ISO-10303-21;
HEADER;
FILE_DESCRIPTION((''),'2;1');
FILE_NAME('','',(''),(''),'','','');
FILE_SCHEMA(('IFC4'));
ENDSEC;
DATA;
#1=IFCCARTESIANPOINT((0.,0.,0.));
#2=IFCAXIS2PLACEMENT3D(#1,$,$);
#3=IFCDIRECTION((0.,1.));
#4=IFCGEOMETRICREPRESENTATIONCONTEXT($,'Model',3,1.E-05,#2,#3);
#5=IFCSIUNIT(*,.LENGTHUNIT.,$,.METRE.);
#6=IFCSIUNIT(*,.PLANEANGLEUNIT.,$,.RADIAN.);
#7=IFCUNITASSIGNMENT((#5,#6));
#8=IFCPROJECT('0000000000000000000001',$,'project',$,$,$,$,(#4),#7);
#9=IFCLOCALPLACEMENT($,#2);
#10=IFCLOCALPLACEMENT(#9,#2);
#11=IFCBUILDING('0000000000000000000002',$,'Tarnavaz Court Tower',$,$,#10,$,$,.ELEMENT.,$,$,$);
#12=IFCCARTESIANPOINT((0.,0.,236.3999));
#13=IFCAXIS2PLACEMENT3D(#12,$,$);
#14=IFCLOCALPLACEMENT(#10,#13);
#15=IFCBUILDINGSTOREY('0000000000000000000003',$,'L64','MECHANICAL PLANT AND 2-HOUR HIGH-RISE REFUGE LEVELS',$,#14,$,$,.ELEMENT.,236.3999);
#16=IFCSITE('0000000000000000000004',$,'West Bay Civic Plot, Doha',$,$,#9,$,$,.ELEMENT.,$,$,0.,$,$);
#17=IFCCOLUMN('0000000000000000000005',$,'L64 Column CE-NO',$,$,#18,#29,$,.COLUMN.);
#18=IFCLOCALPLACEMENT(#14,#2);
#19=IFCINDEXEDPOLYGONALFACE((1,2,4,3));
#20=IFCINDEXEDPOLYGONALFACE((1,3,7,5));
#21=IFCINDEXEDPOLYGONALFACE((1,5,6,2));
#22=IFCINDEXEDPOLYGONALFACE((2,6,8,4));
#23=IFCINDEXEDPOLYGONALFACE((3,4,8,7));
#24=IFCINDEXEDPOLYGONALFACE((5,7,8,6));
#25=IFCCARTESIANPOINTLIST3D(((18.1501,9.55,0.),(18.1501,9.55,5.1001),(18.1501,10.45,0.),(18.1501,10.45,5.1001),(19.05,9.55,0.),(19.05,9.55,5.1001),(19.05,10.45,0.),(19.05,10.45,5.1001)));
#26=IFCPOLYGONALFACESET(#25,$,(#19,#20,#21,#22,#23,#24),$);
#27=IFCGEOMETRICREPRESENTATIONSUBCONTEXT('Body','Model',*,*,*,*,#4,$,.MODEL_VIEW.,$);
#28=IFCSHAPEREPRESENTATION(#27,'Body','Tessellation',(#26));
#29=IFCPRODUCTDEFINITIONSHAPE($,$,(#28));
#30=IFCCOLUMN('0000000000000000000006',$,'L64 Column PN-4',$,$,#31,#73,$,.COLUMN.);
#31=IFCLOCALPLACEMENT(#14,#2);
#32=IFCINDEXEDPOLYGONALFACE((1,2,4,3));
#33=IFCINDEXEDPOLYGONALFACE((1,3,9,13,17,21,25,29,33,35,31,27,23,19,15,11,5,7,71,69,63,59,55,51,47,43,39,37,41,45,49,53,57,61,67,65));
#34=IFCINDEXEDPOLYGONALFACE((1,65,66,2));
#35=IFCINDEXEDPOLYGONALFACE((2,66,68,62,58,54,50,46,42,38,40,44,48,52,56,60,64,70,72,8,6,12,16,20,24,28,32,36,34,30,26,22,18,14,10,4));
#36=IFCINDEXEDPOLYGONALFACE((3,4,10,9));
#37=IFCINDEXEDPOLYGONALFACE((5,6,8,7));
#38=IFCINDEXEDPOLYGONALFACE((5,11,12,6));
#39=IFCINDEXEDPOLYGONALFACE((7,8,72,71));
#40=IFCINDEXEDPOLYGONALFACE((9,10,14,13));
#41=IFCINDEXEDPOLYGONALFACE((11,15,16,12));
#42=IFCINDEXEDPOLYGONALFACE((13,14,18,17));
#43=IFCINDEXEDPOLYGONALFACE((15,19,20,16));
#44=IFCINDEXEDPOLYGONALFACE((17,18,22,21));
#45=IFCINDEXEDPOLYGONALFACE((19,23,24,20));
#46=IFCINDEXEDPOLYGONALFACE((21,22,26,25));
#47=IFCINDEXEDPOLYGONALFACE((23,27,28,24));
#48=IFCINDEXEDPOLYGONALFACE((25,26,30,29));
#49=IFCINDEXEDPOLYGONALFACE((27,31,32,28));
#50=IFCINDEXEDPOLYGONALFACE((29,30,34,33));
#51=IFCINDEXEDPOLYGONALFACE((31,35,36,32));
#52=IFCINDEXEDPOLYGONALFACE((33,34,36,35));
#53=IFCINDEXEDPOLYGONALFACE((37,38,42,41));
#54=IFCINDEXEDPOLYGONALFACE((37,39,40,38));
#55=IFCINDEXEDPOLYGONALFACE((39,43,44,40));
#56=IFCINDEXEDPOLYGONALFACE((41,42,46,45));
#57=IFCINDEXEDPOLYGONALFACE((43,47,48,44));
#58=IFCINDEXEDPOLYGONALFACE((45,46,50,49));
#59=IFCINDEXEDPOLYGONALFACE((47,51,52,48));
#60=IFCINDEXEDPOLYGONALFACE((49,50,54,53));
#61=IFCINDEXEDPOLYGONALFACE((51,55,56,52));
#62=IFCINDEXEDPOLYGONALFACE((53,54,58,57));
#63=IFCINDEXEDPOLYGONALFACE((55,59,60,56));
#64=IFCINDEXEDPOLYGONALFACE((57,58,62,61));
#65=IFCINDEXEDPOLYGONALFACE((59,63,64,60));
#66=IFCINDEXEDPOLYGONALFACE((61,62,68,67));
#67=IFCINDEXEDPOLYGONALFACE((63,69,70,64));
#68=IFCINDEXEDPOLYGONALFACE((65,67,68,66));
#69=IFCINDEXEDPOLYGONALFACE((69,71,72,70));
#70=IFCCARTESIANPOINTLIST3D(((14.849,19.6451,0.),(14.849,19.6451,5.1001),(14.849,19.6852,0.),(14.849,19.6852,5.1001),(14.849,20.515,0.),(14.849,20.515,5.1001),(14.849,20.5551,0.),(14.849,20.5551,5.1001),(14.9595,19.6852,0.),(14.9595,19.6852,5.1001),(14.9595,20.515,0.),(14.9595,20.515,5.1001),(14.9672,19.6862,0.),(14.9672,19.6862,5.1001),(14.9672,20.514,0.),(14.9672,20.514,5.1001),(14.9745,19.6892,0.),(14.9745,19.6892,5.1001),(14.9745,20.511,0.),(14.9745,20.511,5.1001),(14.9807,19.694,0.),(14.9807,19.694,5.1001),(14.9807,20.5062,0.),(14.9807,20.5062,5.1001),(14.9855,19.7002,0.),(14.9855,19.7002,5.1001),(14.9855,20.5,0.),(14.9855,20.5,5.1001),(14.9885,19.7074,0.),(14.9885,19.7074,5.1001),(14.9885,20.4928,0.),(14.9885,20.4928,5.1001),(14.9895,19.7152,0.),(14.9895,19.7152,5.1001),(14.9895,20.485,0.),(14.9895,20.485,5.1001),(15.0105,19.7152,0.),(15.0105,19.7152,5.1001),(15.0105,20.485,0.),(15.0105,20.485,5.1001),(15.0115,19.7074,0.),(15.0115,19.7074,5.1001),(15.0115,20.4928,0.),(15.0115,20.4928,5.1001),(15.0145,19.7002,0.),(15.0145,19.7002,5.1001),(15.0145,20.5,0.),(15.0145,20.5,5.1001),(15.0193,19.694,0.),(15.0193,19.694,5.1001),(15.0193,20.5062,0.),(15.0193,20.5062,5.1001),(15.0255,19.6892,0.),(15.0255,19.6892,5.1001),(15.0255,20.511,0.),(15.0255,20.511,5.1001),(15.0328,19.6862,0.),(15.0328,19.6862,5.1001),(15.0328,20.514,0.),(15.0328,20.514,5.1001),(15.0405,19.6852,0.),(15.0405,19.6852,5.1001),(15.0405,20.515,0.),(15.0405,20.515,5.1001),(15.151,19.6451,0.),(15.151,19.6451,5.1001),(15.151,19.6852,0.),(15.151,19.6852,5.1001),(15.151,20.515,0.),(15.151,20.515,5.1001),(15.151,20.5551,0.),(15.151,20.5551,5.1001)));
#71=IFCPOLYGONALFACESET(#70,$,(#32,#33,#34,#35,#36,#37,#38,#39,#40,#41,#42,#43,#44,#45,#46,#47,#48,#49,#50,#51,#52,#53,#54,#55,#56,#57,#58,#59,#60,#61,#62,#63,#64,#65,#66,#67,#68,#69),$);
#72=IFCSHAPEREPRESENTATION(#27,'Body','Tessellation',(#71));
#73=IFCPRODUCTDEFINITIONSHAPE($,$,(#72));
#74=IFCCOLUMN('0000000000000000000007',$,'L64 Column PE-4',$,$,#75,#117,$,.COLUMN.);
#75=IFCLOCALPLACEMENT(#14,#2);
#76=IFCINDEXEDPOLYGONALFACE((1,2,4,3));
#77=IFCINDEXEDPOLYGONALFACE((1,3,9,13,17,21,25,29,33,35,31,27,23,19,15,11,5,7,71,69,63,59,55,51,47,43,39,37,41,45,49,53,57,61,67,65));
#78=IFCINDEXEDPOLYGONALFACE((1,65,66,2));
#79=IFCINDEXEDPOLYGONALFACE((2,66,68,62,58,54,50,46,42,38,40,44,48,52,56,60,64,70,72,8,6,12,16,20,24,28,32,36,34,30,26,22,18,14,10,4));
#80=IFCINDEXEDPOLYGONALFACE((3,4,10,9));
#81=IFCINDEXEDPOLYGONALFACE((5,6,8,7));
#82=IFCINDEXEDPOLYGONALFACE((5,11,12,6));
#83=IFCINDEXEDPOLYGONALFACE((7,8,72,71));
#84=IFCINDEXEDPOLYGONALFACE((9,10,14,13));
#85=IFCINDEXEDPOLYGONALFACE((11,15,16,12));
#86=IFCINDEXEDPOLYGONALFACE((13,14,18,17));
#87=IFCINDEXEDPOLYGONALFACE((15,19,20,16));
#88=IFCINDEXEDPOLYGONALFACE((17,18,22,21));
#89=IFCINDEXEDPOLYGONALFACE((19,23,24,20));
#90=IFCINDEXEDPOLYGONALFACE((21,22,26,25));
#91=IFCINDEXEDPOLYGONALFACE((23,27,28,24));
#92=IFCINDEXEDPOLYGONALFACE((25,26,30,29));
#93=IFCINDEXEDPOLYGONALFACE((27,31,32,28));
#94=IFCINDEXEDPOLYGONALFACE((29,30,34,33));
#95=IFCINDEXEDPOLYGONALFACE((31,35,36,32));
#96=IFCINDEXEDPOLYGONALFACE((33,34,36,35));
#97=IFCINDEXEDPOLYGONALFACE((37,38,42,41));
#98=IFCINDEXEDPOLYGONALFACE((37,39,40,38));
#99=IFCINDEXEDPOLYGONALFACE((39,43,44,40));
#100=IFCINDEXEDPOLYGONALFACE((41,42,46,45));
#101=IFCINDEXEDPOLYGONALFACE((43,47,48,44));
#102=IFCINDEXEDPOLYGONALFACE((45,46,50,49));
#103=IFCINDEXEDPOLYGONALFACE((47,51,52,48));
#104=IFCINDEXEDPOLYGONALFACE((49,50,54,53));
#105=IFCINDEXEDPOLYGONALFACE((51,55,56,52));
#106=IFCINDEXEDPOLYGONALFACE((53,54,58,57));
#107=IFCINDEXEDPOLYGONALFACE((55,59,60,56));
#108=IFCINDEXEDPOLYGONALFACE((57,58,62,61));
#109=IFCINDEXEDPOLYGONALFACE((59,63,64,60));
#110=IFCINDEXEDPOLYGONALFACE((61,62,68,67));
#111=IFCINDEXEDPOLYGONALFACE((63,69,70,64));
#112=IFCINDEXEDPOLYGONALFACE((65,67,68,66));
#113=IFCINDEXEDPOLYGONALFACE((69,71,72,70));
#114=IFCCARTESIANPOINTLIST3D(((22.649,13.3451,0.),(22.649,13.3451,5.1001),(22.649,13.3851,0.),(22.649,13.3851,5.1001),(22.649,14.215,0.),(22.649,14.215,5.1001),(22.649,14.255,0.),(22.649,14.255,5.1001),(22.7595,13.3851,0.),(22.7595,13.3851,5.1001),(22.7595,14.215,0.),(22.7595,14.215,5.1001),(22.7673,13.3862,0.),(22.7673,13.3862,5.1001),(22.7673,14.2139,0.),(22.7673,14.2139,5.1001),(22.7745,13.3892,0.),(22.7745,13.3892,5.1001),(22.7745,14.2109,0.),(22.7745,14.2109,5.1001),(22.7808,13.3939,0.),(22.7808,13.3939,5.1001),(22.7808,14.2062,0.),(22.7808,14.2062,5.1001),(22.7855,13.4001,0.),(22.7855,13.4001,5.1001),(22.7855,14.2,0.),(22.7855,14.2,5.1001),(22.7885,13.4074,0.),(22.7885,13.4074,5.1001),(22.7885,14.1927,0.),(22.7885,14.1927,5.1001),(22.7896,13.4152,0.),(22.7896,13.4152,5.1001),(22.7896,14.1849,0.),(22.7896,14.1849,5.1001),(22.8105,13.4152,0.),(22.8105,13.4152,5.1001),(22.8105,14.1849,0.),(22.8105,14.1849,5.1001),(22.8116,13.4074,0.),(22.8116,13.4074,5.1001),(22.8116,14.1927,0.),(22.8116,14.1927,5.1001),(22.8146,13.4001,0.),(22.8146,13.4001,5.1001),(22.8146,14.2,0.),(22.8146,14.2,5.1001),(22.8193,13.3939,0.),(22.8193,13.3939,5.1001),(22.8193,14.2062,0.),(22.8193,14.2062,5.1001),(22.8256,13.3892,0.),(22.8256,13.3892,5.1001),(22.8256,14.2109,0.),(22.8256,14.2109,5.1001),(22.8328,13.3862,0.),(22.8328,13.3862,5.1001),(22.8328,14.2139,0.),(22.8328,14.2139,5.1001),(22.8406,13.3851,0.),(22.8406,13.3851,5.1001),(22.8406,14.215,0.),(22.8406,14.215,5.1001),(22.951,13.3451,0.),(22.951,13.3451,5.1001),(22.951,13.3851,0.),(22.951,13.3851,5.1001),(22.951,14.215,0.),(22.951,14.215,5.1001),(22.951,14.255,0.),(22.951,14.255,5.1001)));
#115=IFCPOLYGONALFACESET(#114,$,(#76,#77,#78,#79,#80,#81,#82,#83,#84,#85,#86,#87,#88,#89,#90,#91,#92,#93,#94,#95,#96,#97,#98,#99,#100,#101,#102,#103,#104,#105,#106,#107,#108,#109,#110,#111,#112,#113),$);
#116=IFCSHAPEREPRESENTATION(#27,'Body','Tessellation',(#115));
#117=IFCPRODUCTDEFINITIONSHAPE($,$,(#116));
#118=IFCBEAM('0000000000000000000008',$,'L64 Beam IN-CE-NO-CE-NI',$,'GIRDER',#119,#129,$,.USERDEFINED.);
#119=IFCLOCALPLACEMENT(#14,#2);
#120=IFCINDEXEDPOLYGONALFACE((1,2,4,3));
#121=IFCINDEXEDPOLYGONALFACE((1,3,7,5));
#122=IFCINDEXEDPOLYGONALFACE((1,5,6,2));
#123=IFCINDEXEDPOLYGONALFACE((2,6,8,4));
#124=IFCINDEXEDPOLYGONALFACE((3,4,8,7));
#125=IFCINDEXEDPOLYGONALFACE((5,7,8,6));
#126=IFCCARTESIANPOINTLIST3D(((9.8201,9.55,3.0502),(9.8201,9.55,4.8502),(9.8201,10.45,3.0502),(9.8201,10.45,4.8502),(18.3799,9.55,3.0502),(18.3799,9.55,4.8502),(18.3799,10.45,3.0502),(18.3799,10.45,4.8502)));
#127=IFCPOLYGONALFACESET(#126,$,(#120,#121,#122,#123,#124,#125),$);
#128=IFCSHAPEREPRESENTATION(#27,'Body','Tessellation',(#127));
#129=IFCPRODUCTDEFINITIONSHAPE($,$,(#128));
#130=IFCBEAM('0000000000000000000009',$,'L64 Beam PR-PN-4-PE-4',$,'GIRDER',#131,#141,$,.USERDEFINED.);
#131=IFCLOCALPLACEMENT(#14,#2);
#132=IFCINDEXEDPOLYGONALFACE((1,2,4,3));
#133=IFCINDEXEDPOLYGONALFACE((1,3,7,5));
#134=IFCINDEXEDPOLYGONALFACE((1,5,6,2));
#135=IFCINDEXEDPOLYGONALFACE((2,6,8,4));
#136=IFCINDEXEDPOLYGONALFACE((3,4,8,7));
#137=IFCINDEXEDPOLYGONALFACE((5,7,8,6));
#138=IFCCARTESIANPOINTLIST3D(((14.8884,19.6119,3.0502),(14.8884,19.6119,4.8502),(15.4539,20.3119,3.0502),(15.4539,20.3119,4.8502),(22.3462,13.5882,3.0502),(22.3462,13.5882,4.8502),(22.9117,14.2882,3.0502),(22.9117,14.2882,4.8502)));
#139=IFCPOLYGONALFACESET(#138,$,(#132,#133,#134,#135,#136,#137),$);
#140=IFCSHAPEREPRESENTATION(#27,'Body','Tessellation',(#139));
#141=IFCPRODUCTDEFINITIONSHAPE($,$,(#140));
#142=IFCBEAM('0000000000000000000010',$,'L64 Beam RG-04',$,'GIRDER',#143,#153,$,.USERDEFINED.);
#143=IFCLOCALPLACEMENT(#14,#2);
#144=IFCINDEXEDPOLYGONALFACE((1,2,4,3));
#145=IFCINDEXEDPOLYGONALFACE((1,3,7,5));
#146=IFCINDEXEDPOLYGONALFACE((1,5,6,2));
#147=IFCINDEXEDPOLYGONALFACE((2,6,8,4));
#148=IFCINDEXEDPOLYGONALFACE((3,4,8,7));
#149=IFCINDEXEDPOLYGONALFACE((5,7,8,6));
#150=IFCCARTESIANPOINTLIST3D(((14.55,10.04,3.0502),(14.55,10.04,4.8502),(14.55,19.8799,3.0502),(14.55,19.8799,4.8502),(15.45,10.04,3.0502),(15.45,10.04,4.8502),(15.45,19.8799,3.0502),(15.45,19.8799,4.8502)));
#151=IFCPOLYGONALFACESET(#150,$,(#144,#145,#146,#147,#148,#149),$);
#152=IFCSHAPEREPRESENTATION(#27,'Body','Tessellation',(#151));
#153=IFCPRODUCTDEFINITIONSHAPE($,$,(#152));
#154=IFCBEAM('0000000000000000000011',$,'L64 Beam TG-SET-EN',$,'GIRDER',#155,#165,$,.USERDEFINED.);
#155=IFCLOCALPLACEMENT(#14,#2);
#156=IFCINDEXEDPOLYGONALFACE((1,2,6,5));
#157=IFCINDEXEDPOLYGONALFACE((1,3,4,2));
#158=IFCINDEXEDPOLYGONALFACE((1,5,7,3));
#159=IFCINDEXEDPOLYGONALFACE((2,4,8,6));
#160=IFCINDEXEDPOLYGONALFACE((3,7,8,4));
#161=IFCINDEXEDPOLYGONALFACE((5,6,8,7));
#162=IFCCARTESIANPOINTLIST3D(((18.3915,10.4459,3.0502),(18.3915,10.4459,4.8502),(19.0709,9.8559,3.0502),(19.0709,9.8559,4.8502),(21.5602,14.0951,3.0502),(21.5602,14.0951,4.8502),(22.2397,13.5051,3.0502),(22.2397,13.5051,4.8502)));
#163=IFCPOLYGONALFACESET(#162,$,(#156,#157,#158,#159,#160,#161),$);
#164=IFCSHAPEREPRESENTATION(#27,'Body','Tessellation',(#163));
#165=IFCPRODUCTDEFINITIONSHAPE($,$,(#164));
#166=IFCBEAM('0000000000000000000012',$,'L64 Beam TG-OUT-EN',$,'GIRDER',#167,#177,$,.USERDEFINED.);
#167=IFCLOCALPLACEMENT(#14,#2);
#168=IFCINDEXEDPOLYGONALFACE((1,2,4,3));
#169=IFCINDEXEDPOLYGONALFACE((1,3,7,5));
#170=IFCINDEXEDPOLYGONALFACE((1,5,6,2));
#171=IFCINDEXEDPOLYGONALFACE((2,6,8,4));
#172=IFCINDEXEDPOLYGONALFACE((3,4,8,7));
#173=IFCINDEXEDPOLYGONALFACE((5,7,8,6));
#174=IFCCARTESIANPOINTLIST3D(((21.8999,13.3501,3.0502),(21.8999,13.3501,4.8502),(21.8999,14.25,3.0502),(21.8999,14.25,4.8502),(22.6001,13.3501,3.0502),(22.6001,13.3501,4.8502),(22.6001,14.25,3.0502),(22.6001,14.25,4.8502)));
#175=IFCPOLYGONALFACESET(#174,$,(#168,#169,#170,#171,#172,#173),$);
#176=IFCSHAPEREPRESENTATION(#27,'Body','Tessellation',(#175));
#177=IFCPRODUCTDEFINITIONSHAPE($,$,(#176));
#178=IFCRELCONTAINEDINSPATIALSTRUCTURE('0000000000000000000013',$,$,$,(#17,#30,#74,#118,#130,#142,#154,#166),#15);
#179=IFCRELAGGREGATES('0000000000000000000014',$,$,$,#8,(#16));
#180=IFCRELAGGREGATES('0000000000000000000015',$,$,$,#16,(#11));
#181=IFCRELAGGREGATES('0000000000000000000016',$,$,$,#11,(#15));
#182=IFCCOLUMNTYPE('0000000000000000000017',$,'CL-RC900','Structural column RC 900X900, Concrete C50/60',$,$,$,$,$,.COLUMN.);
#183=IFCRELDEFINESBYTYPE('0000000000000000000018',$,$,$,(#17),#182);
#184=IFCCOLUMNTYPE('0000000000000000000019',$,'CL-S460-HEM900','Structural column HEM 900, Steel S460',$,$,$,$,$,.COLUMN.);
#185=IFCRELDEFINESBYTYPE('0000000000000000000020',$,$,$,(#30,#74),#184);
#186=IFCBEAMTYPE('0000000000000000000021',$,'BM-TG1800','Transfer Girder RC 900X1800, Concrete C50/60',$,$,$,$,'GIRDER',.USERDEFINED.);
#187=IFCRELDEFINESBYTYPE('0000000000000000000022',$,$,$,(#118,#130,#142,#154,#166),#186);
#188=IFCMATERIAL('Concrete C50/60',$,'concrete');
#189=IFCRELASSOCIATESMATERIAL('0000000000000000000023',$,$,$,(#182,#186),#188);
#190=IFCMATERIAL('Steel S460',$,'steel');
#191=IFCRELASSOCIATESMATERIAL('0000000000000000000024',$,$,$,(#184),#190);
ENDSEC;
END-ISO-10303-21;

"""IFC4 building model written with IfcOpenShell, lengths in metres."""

from ifc_helpers import new_model, si_unit, direction, frame, origin, origin_2d, place, context, subcontext, project, spatial, rectangle, i_section, extrude, material, material_profile, profile_set, type_object, element, save


model = new_model("IFC4")

# Units and contexts
model_context = context("Model", 3, precision=1e-05, world=origin(), true_north=direction((0.0, 1.0)))
body_context = subcontext(model_context, "Body", "Model", "MODEL_VIEW")
ifc_project = project(units=[si_unit("LENGTHUNIT", "METRE"), si_unit("PLANEANGLEUNIT", "RADIAN")], contexts=[model_context])

# Site, building, storey
site_placement = place(None, origin())
site = spatial("IfcSite", under=ifc_project, at=site_placement, Name="West Bay Civic Plot, Doha", CompositionType="ELEMENT", RefElevation=0.0)
building_placement = place(site_placement, origin())
building = spatial("IfcBuilding", under=site, at=building_placement, Name="Tarnavaz Court Tower", CompositionType="ELEMENT")
storey_placement = place(building_placement, frame((0.0, 0.0, 236.3999)))
storey = spatial("IfcBuildingStorey", under=building, at=storey_placement, Name="L64", Description="MECHANICAL PLANT AND 2-HOUR HIGH-RISE REFUGE LEVELS", CompositionType="ELEMENT", Elevation=236.3999)

# Columns
ifc_material_1 = material(Name="Concrete C50/60", Category="concrete")
ifc_material_profile_1 = material_profile(ifc_material_1, rectangle(XDim=0.8999, YDim=0.8999, at=origin_2d()), Name="RC 900X900")
ifc_profile_set_1 = profile_set([ifc_material_profile_1], Name="Concrete C50/60")
column_type_1 = type_object("IfcColumnType", Name="CL-RC900", Description="Structural column RC 900X900, Concrete C50/60", PredefinedType="COLUMN", material=ifc_profile_set_1)
column_placement = place(storey_placement, frame((18.6001, 10.0, 0.0), z_axis=(0.0, 0.0, 1.0), x_axis=(1.0, 0.0, 0.0)))
element("IfcColumn", 1, at=column_placement, inside=storey, type_object=column_type_1, Name="L64 Column CE-NO", PredefinedType="COLUMN", context=body_context, shape_type="SweptSolid", body=[
    extrude(rectangle(XDim=0.8999, YDim=0.8999, at=origin_2d()), origin(), (0.0, 0.0, 1.0), 5.1001),
])
ifc_material_2 = material(Name="Steel S460", Category="steel")
ifc_material_profile_2 = material_profile(ifc_material_2, i_section(OverallWidth=0.302, OverallDepth=0.9099, WebThickness=0.021, FlangeThickness=0.04, FilletRadius=0.03, at=origin_2d()), Name="HEM 900")
ifc_profile_set_2 = profile_set([ifc_material_profile_2], Name="Steel S460")
column_type_2 = type_object("IfcColumnType", Name="CL-S460-HEM900", Description="Structural column HEM 900, Steel S460", PredefinedType="COLUMN", material=ifc_profile_set_2)
for number, where, z_axis, x_axis, name in (
    (2, (15.0, 20.1001, 0.0), (0.0, 0.0, 1.0), (1.0, 0.0, 0.0), "L64 Column PN-4"),
    (3, (22.8, 13.8, 0.0), (0.0, 0.0, 1.0), (1.0, 0.0, 0.0), "L64 Column PE-4"),
):
    element("IfcColumn", number, at=place(storey_placement, frame(where, z_axis=z_axis, x_axis=x_axis)), inside=storey, type_object=column_type_2, Name=name, PredefinedType="COLUMN", context=body_context, shape_type="SweptSolid", body=[
        extrude(i_section(OverallWidth=0.302, OverallDepth=0.9099, WebThickness=0.021, FlangeThickness=0.04, FilletRadius=0.03, at=origin_2d()), origin(), (0.0, 0.0, 1.0), 5.1001),
    ])

# Beams
ifc_material_profile_3 = material_profile(ifc_material_1, rectangle(XDim=0.8999, YDim=1.8, at=origin_2d()), Name="RC 900X1800")
ifc_profile_set_3 = profile_set([ifc_material_profile_3], Name="Concrete C50/60")
beam_type = type_object("IfcBeamType", Name="BM-TG1800", Description="Transfer Girder RC 900X1800, Concrete C50/60", ElementType="GIRDER", PredefinedType="USERDEFINED", material=ifc_profile_set_3)
beam_1_placement = place(storey_placement, frame((18.3799, 10.0, 3.9502), z_axis=(-1.0, 0.0, 0.0), x_axis=(0.0, -1.0, 0.0)))
element("IfcBeam", 4, at=beam_1_placement, inside=storey, type_object=beam_type, Name="L64 Beam IN-CE-NO-CE-NI", ObjectType="GIRDER", PredefinedType="USERDEFINED", context=body_context, shape_type="SweptSolid", body=[
    extrude(rectangle(XDim=0.8999, YDim=1.8, at=origin_2d()), origin(), (0.0, 0.0, 1.0), 8.5598),
])
beam_2_placement = place(storey_placement, frame((15.1711, 19.9619, 3.9502), z_axis=(0.777936, -0.628344, 0.0), x_axis=(0.628344, 0.777936, 0.0)))
element("IfcBeam", 5, at=beam_2_placement, inside=storey, type_object=beam_type, Name="L64 Beam PR-PN-4-PE-4", ObjectType="GIRDER", PredefinedType="USERDEFINED", context=body_context, shape_type="SweptSolid", body=[
    extrude(rectangle(XDim=0.8999, YDim=1.8, at=origin_2d()), origin(), (0.0, 0.0, 1.0), 9.5867),
])
beam_3_placement = place(storey_placement, frame((15.0, 10.04, 3.9502), z_axis=(0.0, 1.0, 0.0), x_axis=(-1.0, 0.0, 0.0)))
element("IfcBeam", 6, at=beam_3_placement, inside=storey, type_object=beam_type, Name="L64 Beam RG-04", ObjectType="GIRDER", PredefinedType="USERDEFINED", context=body_context, shape_type="SweptSolid", body=[
    extrude(rectangle(XDim=0.8999, YDim=1.8, at=origin_2d()), origin(), (0.0, 0.0, 1.0), 9.8398),
])
beam_4_placement = place(storey_placement, frame((18.7312, 10.1509, 3.9502), z_axis=(0.65565, 0.755065, 0.0), x_axis=(-0.755065, 0.65565, 0.0)))
element("IfcBeam", 7, at=beam_4_placement, inside=storey, type_object=beam_type, Name="L64 Beam TG-SET-EN", ObjectType="GIRDER", PredefinedType="USERDEFINED", context=body_context, shape_type="SweptSolid", body=[
    extrude(rectangle(XDim=0.8999, YDim=1.8, at=origin_2d()), origin(), (0.0, 0.0, 1.0), 4.833),
])
beam_5_placement = place(storey_placement, frame((21.8999, 13.8, 3.9502), z_axis=(1.0, 0.0, 0.0), x_axis=(0.0, 1.0, 0.0)))
element("IfcBeam", 8, at=beam_5_placement, inside=storey, type_object=beam_type, Name="L64 Beam TG-OUT-EN", ObjectType="GIRDER", PredefinedType="USERDEFINED", context=body_context, shape_type="SweptSolid", body=[
    extrude(rectangle(XDim=0.8999, YDim=1.8, at=origin_2d()), origin(), (0.0, 0.0, 1.0), 0.7002),
])

save(model, "model.ifc")
